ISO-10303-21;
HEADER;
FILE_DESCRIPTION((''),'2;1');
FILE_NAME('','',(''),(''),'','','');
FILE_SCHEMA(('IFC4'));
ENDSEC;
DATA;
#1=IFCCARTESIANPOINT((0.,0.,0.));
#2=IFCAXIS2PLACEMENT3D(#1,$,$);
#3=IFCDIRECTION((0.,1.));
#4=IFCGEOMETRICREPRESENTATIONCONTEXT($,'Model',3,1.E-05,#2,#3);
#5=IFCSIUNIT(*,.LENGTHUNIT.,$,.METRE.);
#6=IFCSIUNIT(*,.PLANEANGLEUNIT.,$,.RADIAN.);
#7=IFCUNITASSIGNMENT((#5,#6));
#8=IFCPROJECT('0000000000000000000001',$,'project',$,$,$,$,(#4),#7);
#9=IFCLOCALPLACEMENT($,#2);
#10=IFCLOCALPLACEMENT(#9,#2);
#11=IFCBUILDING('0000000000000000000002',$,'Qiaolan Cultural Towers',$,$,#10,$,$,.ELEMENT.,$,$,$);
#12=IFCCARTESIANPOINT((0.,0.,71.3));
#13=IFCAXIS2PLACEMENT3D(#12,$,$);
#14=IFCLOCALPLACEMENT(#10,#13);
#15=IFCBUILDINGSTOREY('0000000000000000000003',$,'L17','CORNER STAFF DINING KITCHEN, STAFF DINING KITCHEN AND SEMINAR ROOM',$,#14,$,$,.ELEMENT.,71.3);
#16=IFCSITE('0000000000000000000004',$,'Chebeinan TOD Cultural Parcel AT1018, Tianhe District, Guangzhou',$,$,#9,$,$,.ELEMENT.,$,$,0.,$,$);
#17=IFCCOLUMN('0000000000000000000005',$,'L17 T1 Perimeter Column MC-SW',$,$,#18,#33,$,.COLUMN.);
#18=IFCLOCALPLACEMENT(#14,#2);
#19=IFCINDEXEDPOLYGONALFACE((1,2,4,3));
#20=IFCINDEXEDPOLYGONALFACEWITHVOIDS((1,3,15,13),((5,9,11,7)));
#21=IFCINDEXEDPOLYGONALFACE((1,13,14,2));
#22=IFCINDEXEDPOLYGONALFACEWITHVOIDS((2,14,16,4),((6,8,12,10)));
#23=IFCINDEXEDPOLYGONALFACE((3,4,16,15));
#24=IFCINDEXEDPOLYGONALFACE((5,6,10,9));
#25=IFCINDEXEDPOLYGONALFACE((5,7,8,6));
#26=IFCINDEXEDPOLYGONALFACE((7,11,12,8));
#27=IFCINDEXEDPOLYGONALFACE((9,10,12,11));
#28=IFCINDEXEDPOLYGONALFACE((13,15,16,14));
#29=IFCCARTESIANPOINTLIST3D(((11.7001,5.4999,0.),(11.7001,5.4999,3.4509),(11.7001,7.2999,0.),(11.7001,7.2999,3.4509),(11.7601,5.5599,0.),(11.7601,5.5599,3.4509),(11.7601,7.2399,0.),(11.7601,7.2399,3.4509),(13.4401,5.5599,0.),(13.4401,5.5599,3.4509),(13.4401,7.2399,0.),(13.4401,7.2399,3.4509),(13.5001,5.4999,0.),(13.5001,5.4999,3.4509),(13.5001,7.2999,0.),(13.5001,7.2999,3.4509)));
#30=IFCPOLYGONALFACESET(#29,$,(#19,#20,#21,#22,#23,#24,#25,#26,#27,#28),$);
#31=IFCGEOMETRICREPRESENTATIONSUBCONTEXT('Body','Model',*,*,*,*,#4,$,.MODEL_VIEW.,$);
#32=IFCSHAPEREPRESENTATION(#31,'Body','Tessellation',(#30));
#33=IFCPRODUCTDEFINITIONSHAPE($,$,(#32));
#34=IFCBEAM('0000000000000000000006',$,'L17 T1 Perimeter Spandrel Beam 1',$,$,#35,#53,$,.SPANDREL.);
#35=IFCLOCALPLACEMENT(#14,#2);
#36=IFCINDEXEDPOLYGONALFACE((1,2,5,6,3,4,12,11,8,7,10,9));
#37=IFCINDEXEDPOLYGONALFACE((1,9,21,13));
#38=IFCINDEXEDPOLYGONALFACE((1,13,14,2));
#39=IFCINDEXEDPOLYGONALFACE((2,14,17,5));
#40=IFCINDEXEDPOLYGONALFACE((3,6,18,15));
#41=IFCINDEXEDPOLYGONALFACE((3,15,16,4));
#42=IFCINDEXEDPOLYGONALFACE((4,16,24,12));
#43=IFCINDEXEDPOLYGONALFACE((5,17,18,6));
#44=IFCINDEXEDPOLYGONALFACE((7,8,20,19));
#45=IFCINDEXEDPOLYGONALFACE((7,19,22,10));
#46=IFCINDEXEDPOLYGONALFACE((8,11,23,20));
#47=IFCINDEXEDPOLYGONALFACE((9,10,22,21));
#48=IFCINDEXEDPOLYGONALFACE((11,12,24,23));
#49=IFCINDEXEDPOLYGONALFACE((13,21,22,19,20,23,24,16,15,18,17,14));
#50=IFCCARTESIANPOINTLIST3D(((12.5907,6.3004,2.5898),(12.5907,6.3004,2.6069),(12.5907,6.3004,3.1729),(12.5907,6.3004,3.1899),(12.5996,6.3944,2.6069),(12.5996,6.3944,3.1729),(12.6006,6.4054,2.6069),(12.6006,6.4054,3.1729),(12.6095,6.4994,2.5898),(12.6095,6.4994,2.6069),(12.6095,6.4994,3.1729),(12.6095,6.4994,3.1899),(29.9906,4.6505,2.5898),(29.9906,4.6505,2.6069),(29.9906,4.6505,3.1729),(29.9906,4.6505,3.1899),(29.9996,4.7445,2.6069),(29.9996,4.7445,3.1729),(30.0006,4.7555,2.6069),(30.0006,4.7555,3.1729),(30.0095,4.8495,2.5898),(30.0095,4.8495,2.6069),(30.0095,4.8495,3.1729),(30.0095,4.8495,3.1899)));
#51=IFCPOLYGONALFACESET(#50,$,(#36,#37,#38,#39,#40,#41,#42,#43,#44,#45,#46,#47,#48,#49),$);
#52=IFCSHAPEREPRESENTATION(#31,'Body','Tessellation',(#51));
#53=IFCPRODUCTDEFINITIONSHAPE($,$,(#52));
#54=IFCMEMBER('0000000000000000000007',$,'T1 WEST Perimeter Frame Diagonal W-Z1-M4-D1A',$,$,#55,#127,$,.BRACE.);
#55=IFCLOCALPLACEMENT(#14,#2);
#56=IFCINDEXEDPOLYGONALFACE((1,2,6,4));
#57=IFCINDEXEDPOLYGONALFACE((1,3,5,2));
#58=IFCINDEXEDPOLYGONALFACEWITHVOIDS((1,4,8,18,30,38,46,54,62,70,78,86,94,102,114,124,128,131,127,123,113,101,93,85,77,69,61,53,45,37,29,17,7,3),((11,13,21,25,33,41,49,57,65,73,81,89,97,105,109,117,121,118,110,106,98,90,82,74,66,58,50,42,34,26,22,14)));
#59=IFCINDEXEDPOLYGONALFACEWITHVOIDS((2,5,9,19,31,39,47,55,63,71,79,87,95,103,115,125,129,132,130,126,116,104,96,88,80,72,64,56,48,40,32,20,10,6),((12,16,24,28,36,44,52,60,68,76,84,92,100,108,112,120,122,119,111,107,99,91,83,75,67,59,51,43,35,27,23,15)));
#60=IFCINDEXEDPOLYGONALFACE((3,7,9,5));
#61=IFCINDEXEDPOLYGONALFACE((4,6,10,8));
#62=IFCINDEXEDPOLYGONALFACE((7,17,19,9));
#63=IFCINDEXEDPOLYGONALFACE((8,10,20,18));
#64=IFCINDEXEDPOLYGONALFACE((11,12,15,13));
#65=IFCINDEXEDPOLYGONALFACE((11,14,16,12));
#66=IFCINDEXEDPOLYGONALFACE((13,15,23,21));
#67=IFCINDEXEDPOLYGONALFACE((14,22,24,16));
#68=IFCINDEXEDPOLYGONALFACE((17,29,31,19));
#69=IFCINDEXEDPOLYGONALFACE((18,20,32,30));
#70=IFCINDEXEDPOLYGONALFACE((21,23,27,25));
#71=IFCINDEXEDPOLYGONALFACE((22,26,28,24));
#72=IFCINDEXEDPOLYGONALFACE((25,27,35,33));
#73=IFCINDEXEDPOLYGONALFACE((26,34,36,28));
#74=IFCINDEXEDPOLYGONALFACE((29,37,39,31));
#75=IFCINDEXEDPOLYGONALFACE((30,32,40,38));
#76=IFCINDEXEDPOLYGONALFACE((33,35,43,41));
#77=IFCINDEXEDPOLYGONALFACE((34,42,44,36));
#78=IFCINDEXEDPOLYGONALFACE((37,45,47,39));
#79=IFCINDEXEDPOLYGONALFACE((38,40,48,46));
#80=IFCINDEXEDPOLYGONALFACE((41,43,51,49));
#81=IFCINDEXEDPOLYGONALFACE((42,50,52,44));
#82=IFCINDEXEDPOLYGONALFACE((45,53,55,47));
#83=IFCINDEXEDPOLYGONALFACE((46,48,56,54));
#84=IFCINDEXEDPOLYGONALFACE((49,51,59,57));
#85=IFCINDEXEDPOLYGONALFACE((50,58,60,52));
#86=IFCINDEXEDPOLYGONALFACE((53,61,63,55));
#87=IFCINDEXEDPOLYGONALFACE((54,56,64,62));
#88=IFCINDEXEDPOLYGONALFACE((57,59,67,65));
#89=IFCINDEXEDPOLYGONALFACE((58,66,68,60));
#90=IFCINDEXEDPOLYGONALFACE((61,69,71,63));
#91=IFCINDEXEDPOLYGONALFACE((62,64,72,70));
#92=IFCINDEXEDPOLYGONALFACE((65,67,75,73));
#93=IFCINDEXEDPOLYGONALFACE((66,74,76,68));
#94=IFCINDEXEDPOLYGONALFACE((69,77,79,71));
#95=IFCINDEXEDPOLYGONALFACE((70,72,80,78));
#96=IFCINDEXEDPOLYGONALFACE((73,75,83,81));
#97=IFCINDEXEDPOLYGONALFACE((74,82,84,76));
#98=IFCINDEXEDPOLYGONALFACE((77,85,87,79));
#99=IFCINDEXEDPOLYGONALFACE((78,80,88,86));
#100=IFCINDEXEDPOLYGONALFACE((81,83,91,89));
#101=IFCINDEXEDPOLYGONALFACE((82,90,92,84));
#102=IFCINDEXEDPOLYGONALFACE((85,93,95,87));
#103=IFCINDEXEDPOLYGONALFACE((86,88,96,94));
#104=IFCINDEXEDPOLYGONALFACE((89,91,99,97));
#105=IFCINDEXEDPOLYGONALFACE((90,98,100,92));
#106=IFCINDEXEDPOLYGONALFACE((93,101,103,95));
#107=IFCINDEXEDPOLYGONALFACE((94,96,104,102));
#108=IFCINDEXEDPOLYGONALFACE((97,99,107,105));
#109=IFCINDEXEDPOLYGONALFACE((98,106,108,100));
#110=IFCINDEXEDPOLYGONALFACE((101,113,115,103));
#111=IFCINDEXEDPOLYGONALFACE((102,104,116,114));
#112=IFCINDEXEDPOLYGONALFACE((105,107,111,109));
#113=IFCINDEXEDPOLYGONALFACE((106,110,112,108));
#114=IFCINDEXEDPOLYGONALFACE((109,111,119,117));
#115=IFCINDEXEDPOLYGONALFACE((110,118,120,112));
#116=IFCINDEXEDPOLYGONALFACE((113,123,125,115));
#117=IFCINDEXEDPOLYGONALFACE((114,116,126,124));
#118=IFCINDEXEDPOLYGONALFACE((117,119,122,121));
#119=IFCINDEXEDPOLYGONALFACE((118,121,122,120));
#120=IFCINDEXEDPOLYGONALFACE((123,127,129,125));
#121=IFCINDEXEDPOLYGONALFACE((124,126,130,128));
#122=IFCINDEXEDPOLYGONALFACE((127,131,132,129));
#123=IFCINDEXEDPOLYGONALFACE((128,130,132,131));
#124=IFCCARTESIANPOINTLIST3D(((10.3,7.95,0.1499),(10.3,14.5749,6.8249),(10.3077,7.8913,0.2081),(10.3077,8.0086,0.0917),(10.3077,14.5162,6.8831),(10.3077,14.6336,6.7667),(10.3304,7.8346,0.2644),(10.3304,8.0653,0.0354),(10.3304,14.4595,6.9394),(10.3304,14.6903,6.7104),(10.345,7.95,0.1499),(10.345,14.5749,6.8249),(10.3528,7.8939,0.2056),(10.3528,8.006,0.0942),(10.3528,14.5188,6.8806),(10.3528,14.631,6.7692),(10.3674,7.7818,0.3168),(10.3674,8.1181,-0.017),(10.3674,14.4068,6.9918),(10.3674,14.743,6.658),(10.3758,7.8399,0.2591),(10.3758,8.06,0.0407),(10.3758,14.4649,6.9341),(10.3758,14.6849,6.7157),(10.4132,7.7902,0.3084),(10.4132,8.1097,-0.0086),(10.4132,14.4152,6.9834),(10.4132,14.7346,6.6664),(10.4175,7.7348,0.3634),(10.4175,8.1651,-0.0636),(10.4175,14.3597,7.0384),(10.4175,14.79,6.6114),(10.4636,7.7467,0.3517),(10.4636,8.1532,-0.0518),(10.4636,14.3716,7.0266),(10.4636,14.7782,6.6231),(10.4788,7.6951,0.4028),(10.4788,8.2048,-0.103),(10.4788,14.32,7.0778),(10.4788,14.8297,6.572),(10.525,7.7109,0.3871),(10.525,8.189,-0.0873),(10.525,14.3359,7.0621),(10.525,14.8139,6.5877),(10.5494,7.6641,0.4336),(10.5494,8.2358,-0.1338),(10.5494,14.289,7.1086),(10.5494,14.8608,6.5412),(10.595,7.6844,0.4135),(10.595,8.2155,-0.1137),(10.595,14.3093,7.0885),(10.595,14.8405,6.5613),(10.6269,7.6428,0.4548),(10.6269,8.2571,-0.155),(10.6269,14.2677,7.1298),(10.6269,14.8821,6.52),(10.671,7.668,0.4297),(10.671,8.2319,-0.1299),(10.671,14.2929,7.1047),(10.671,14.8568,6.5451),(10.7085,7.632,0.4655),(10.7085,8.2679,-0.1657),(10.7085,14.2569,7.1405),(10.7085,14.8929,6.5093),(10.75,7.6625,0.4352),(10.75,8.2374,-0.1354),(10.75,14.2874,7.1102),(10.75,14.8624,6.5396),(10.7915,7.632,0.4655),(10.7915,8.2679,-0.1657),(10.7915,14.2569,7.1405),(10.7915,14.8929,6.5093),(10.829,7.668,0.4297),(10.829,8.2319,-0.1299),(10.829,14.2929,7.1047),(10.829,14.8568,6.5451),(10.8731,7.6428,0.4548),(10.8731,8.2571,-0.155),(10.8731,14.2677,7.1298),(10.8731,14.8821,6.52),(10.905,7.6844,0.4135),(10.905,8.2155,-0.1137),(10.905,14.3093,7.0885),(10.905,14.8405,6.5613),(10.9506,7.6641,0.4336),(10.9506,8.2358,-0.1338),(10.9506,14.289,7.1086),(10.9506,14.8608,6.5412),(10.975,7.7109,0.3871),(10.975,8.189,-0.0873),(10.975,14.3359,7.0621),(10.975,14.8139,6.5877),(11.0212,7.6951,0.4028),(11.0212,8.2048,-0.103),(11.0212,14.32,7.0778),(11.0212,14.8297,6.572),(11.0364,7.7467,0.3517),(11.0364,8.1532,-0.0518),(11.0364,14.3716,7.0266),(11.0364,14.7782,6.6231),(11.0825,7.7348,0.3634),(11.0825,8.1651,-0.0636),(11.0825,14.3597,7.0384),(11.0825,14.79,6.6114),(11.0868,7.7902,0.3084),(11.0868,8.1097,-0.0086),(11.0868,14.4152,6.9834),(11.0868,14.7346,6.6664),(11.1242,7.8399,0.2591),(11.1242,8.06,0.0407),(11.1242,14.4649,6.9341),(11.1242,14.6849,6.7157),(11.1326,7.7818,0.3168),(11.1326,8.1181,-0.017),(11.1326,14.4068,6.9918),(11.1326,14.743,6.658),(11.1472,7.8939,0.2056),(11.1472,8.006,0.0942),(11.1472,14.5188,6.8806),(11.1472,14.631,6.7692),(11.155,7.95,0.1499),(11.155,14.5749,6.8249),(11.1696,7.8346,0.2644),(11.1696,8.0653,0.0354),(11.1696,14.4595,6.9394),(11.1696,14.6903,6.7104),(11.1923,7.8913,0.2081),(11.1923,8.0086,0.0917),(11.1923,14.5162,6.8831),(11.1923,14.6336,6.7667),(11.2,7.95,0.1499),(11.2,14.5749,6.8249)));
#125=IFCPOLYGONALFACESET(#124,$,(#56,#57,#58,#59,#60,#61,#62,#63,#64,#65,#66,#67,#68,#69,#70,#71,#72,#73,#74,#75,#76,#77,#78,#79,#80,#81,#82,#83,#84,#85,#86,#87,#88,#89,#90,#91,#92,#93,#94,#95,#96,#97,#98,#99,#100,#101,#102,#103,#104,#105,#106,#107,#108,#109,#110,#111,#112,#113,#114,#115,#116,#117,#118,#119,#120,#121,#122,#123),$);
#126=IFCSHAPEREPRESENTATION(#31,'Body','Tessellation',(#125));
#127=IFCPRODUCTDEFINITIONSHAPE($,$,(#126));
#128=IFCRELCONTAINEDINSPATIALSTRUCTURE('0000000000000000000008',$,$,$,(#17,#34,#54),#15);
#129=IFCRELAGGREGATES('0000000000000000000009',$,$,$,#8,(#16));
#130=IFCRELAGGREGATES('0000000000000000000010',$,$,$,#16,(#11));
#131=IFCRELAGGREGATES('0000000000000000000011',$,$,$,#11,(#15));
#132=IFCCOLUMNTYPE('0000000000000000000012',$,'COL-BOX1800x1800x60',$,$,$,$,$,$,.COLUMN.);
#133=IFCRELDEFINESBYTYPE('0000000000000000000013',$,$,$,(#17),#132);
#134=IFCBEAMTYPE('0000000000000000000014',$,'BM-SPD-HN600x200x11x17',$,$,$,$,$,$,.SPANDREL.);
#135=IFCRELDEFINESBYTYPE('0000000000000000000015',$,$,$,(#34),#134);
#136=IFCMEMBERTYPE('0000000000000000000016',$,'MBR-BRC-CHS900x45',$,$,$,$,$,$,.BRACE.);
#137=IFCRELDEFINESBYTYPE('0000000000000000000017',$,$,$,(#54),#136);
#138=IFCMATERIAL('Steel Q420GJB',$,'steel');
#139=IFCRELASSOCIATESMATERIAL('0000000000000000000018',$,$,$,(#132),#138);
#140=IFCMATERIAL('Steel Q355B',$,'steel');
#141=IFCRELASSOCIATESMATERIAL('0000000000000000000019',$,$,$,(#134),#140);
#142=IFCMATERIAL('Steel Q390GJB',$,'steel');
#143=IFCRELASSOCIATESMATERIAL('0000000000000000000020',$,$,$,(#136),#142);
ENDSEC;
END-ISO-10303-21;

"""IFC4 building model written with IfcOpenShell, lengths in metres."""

from ifc_helpers import new_model, si_unit, direction, frame, origin, origin_2d, place, context, subcontext, project, spatial, hollow_rectangle, hollow_circle, i_section, extrude, material, material_profile, profile_set, type_object, element, save


model = new_model("IFC4")

# Units and contexts
model_context = context("Model", 3, precision=1e-05, world=origin(), true_north=direction((0.0, 1.0)))
body_context = subcontext(model_context, "Body", "Model", "MODEL_VIEW")
ifc_project = project(units=[si_unit("LENGTHUNIT", "METRE"), si_unit("PLANEANGLEUNIT", "RADIAN")], contexts=[model_context])

# Site, building, storey
site_placement = place(None, origin())
site = spatial("IfcSite", under=ifc_project, at=site_placement, Name="Chebeinan TOD Cultural Parcel AT1018, Tianhe District, Guangzhou", CompositionType="ELEMENT", RefElevation=0.0)
building_placement = place(site_placement, origin())
building = spatial("IfcBuilding", under=site, at=building_placement, Name="Qiaolan Cultural Towers", CompositionType="ELEMENT")
storey_placement = place(building_placement, frame((0.0, 0.0, 71.3)))
storey = spatial("IfcBuildingStorey", under=building, at=storey_placement, Name="L17", Description="CORNER STAFF DINING KITCHEN, STAFF DINING KITCHEN AND SEMINAR ROOM", CompositionType="ELEMENT", Elevation=71.3)

# Column
ifc_material_1 = material(Name="Steel Q420GJB", Category="steel")
ifc_material_profile_1 = material_profile(ifc_material_1, hollow_rectangle(XDim=1.8, YDim=1.8, WallThickness=0.0601, at=origin_2d()), Name="BOX1800x1800x60")
ifc_profile_set_1 = profile_set([ifc_material_profile_1], Name="Steel Q420GJB")
column_type = type_object("IfcColumnType", Name="COL-BOX1800x1800x60", PredefinedType="COLUMN", material=ifc_profile_set_1)
column_placement = place(storey_placement, frame((12.6001, 6.3999, 0.0), z_axis=(0.0, 0.0, 1.0), x_axis=(1.0, 0.0, 0.0)))
element("IfcColumn", 1, at=column_placement, inside=storey, type_object=column_type, Name="L17 T1 Perimeter Column MC-SW", PredefinedType="COLUMN", context=body_context, shape_type="SweptSolid", body=[
    extrude(hollow_rectangle(XDim=1.8, YDim=1.8, WallThickness=0.0601, at=origin_2d()), origin(), (0.0, 0.0, 1.0), 3.4509),
])

# Beam
ifc_material_2 = material(Name="Steel Q355B", Category="steel")
ifc_material_profile_2 = material_profile(ifc_material_2, i_section(OverallWidth=0.2, OverallDepth=0.6001, WebThickness=0.011, FlangeThickness=0.0171, at=origin_2d()), Name="HN600x200x11x17")
ifc_profile_set_2 = profile_set([ifc_material_profile_2], Name="Steel Q355B")
beam_type = type_object("IfcBeamType", Name="BM-SPD-HN600x200x11x17", PredefinedType="SPANDREL", material=ifc_profile_set_2)
beam_placement = place(storey_placement, frame((12.6001, 6.3999, 2.8899), z_axis=(0.995534, -0.094399, 0.0), x_axis=(0.094399, 0.995534, 0.0)))
element("IfcBeam", 2, at=beam_placement, inside=storey, type_object=beam_type, Name="L17 T1 Perimeter Spandrel Beam 1", PredefinedType="SPANDREL", context=body_context, shape_type="SweptSolid", body=[
    extrude(i_section(OverallWidth=0.2, OverallDepth=0.6001, WebThickness=0.011, FlangeThickness=0.0171, at=origin_2d()), origin(), (0.0, 0.0, 1.0), 17.478),
])

# Member
ifc_material_3 = material(Name="Steel Q390GJB", Category="steel")
ifc_material_profile_3 = material_profile(ifc_material_3, hollow_circle(Radius=0.45, WallThickness=0.0449, at=origin_2d()), Name="CHS900x45")
ifc_profile_set_3 = profile_set([ifc_material_profile_3], Name="Steel Q390GJB")
member_type = type_object("IfcMemberType", Name="MBR-BRC-CHS900x45", PredefinedType="BRACE", material=ifc_profile_set_3)
member_1_placement = place(storey_placement, frame((10.75, 7.95, 0.1499), z_axis=(0.0, 0.704441, 0.709763), x_axis=(-1.0, 0.0, 0.0)))
element("IfcMember", 3, at=member_1_placement, inside=storey, type_object=member_type, Name="T1 WEST Perimeter Frame Diagonal W-Z1-M4-D1A", PredefinedType="BRACE", context=body_context, shape_type="SweptSolid", body=[
    extrude(hollow_circle(Radius=0.45, WallThickness=0.0449, at=origin_2d()), origin(), (0.0, 0.0, 1.0), 9.4045),
])

save(model, "model.ifc")
